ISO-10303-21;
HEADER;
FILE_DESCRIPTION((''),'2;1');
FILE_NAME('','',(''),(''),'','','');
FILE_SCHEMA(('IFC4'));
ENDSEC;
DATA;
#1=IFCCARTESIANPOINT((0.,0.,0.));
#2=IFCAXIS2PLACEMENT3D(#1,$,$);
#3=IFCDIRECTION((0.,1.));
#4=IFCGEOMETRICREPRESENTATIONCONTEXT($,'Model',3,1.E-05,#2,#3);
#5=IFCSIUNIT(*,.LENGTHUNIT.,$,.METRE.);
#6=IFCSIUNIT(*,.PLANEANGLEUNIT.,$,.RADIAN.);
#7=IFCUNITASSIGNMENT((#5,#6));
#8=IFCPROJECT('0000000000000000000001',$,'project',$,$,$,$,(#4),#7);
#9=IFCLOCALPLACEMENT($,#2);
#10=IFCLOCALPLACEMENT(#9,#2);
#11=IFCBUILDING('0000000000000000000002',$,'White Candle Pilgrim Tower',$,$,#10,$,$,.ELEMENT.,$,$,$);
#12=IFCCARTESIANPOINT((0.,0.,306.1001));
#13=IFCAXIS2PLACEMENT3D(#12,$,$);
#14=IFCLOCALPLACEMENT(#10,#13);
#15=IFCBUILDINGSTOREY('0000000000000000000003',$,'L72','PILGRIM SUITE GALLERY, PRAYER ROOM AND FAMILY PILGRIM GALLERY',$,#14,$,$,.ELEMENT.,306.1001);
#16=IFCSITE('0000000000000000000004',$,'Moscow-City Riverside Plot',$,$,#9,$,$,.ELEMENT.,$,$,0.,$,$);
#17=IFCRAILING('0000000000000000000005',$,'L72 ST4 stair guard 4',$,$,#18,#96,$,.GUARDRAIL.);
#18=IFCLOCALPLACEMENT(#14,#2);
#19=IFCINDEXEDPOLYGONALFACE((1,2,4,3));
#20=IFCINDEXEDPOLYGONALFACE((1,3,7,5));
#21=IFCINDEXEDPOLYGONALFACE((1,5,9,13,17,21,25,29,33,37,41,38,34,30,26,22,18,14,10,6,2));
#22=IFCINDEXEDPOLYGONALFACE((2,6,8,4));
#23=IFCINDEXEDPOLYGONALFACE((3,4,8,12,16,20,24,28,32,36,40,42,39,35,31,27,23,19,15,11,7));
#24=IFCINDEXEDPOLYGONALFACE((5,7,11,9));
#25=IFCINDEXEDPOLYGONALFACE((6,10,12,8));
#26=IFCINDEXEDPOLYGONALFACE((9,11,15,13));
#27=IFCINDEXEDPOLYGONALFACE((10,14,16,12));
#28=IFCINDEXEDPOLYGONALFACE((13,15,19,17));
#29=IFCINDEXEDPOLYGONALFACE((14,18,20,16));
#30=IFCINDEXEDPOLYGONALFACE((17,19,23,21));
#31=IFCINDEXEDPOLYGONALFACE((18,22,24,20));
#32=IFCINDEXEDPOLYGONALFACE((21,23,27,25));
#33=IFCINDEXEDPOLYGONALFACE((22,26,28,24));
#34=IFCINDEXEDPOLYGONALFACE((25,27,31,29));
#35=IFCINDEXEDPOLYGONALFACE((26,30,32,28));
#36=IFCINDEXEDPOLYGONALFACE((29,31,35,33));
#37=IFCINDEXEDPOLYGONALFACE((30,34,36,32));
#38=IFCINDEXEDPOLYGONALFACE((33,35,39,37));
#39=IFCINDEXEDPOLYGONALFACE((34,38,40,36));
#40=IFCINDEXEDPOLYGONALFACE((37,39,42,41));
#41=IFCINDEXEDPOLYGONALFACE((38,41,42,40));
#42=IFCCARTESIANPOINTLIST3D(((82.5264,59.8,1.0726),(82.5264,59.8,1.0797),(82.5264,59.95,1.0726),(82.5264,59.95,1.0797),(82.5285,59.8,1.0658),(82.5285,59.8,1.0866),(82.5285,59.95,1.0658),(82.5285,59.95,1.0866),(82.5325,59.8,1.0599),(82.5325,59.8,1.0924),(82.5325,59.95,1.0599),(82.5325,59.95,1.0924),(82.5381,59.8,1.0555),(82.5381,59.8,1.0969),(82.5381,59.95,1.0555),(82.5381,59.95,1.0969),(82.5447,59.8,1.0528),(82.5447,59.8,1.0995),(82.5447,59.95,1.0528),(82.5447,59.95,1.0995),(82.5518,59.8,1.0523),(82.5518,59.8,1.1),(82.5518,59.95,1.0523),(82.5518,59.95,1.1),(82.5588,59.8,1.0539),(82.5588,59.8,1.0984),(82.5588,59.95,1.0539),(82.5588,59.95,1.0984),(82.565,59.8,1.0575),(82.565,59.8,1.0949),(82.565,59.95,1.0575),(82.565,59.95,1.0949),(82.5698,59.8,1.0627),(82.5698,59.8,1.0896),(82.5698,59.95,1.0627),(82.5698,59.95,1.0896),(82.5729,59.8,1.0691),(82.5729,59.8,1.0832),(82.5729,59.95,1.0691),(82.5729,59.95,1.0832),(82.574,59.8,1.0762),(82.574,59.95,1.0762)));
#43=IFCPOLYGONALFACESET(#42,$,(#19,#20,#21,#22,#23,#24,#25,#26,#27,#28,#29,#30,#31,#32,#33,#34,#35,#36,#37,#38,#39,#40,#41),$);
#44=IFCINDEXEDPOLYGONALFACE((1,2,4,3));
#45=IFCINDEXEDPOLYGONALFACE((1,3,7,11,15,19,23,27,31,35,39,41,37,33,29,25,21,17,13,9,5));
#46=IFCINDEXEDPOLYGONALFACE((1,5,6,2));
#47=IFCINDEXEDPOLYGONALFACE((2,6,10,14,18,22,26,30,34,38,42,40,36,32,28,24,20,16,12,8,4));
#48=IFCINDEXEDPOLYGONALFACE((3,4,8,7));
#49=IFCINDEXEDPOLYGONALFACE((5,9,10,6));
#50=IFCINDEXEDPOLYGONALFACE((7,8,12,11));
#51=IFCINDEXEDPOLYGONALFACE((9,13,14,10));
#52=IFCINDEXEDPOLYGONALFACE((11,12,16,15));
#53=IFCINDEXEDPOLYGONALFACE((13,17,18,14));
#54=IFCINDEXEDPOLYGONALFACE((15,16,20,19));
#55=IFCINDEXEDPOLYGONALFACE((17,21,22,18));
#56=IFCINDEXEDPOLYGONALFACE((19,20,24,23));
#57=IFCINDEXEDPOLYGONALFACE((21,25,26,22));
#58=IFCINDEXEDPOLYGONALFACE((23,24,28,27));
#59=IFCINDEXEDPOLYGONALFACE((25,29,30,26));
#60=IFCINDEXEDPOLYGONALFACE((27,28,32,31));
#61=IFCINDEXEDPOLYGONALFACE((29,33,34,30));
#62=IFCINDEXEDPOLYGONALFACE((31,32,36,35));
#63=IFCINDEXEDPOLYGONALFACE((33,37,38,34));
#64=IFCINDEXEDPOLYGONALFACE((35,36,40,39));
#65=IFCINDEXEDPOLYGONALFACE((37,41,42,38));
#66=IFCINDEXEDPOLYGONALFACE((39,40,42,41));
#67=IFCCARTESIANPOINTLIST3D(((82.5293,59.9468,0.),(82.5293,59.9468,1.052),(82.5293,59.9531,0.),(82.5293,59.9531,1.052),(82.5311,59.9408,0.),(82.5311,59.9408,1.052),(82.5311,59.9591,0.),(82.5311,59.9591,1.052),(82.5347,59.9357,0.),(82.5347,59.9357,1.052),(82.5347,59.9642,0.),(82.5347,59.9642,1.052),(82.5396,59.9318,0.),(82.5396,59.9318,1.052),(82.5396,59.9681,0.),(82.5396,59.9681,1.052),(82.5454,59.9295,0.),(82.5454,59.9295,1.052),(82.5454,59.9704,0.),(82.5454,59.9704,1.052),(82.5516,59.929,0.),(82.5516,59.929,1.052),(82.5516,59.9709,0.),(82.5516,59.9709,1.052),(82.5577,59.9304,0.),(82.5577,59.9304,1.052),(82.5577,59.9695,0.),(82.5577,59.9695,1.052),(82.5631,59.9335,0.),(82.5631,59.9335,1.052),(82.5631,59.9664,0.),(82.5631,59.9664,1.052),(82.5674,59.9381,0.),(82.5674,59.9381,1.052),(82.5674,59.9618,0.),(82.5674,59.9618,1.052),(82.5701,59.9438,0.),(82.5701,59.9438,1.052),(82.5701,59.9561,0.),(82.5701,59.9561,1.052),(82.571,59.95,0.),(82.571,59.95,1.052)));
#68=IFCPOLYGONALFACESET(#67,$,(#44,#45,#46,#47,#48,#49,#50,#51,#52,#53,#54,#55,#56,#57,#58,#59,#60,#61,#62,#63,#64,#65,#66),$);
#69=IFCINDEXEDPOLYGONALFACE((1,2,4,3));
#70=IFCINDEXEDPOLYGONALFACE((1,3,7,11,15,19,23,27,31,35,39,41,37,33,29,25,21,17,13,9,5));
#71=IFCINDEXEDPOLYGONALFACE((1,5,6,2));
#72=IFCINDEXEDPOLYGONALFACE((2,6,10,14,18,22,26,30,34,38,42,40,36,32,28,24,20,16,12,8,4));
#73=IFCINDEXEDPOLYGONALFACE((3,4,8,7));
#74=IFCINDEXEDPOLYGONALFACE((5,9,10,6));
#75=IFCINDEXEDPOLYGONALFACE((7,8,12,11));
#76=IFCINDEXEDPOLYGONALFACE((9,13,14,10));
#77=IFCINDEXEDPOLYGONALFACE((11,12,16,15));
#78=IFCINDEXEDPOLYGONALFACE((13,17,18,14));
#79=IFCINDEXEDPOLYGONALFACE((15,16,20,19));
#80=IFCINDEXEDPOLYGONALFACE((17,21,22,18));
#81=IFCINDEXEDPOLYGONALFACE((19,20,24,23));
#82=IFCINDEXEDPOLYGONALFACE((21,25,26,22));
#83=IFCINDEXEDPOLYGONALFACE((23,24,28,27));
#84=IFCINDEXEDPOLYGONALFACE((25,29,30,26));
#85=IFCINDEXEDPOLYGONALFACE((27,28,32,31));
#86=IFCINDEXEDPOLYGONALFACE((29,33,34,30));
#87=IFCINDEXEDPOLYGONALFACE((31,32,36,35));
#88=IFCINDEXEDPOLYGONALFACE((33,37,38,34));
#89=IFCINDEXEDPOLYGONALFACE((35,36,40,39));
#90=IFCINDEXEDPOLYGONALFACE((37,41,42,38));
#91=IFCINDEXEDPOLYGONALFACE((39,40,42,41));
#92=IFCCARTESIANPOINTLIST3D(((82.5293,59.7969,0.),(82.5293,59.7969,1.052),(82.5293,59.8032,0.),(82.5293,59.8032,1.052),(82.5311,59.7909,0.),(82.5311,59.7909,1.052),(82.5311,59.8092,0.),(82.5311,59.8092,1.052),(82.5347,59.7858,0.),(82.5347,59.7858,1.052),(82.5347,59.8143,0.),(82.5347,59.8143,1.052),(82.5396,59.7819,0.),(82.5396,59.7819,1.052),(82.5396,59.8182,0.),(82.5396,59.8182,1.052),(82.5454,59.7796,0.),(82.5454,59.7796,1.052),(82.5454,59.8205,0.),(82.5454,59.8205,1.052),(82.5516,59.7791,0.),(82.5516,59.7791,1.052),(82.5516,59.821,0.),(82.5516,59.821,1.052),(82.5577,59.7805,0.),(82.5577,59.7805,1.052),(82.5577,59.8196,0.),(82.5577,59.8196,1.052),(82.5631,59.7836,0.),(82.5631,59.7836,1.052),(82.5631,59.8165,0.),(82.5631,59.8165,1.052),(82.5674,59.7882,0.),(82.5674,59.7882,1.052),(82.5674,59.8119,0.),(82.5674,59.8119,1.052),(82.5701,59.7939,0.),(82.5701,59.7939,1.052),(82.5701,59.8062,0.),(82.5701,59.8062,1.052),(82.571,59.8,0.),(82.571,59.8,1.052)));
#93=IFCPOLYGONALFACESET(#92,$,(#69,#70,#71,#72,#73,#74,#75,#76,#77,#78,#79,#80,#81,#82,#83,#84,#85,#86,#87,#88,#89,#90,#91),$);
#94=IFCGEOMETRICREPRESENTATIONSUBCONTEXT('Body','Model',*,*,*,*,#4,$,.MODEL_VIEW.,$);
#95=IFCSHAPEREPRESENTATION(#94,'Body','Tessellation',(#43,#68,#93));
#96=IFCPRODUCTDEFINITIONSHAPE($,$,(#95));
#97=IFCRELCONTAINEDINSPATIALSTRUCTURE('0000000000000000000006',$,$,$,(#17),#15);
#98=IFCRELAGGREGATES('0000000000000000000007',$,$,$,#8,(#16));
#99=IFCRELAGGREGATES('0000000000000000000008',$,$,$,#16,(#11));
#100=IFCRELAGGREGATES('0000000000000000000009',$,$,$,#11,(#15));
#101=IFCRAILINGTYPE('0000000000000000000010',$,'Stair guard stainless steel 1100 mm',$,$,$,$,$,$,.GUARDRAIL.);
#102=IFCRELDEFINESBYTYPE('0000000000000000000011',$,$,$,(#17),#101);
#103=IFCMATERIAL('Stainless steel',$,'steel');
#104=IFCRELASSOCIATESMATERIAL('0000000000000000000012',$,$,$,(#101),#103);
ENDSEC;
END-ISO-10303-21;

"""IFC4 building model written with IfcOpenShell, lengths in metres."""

from ifc_helpers import new_model, si_unit, direction, frame, origin, origin_2d, place, context, subcontext, project, spatial, circle, extrude, material, type_object, element, save


model = new_model("IFC4")

# Units and contexts
model_context = context("Model", 3, precision=1e-05, world=origin(), true_north=direction((0.0, 1.0)))
body_context = subcontext(model_context, "Body", "Model", "MODEL_VIEW")
ifc_project = project(units=[si_unit("LENGTHUNIT", "METRE"), si_unit("PLANEANGLEUNIT", "RADIAN")], contexts=[model_context])

# Site, building, storey
site_placement = place(None, origin())
site = spatial("IfcSite", under=ifc_project, at=site_placement, Name="Moscow-City Riverside Plot", CompositionType="ELEMENT", RefElevation=0.0)
building_placement = place(site_placement, origin())
building = spatial("IfcBuilding", under=site, at=building_placement, Name="White Candle Pilgrim Tower", CompositionType="ELEMENT")
storey_placement = place(building_placement, frame((0.0, 0.0, 306.1001)))
storey = spatial("IfcBuildingStorey", under=building, at=storey_placement, Name="L72", Description="PILGRIM SUITE GALLERY, PRAYER ROOM AND FAMILY PILGRIM GALLERY", CompositionType="ELEMENT", Elevation=306.1001)

# Railing
ifc_material_1 = material(Name="Stainless steel", Category="steel")
railing_type_1 = type_object("IfcRailingType", Name="Stair guard stainless steel 1100 mm", PredefinedType="GUARDRAIL", material=ifc_material_1)
railing_1_placement = place(storey_placement, frame((82.55, 59.95, 0.0)))
element("IfcRailing", 1, at=railing_1_placement, inside=storey, type_object=railing_type_1, Name="L72 ST4 stair guard 4", PredefinedType="GUARDRAIL", context=body_context, shape_type="SweptSolid", body=[
    extrude(circle(Radius=0.0239, at=origin_2d()), frame((0.0, 0.0, 1.0762), z_axis=(0.0, -1.0, 0.0), x_axis=(1.0, 0.0, 0.0)), (0.0, 0.0, 1.0), 0.1499),
    extrude(circle(Radius=0.021, at=origin_2d()), origin(), (0.0, 0.0, 1.0), 1.052),
    extrude(circle(Radius=0.021, at=origin_2d()), frame((0.0, -0.1499, 0.0)), (0.0, 0.0, 1.0), 1.052),
])

save(model, "model.ifc")
